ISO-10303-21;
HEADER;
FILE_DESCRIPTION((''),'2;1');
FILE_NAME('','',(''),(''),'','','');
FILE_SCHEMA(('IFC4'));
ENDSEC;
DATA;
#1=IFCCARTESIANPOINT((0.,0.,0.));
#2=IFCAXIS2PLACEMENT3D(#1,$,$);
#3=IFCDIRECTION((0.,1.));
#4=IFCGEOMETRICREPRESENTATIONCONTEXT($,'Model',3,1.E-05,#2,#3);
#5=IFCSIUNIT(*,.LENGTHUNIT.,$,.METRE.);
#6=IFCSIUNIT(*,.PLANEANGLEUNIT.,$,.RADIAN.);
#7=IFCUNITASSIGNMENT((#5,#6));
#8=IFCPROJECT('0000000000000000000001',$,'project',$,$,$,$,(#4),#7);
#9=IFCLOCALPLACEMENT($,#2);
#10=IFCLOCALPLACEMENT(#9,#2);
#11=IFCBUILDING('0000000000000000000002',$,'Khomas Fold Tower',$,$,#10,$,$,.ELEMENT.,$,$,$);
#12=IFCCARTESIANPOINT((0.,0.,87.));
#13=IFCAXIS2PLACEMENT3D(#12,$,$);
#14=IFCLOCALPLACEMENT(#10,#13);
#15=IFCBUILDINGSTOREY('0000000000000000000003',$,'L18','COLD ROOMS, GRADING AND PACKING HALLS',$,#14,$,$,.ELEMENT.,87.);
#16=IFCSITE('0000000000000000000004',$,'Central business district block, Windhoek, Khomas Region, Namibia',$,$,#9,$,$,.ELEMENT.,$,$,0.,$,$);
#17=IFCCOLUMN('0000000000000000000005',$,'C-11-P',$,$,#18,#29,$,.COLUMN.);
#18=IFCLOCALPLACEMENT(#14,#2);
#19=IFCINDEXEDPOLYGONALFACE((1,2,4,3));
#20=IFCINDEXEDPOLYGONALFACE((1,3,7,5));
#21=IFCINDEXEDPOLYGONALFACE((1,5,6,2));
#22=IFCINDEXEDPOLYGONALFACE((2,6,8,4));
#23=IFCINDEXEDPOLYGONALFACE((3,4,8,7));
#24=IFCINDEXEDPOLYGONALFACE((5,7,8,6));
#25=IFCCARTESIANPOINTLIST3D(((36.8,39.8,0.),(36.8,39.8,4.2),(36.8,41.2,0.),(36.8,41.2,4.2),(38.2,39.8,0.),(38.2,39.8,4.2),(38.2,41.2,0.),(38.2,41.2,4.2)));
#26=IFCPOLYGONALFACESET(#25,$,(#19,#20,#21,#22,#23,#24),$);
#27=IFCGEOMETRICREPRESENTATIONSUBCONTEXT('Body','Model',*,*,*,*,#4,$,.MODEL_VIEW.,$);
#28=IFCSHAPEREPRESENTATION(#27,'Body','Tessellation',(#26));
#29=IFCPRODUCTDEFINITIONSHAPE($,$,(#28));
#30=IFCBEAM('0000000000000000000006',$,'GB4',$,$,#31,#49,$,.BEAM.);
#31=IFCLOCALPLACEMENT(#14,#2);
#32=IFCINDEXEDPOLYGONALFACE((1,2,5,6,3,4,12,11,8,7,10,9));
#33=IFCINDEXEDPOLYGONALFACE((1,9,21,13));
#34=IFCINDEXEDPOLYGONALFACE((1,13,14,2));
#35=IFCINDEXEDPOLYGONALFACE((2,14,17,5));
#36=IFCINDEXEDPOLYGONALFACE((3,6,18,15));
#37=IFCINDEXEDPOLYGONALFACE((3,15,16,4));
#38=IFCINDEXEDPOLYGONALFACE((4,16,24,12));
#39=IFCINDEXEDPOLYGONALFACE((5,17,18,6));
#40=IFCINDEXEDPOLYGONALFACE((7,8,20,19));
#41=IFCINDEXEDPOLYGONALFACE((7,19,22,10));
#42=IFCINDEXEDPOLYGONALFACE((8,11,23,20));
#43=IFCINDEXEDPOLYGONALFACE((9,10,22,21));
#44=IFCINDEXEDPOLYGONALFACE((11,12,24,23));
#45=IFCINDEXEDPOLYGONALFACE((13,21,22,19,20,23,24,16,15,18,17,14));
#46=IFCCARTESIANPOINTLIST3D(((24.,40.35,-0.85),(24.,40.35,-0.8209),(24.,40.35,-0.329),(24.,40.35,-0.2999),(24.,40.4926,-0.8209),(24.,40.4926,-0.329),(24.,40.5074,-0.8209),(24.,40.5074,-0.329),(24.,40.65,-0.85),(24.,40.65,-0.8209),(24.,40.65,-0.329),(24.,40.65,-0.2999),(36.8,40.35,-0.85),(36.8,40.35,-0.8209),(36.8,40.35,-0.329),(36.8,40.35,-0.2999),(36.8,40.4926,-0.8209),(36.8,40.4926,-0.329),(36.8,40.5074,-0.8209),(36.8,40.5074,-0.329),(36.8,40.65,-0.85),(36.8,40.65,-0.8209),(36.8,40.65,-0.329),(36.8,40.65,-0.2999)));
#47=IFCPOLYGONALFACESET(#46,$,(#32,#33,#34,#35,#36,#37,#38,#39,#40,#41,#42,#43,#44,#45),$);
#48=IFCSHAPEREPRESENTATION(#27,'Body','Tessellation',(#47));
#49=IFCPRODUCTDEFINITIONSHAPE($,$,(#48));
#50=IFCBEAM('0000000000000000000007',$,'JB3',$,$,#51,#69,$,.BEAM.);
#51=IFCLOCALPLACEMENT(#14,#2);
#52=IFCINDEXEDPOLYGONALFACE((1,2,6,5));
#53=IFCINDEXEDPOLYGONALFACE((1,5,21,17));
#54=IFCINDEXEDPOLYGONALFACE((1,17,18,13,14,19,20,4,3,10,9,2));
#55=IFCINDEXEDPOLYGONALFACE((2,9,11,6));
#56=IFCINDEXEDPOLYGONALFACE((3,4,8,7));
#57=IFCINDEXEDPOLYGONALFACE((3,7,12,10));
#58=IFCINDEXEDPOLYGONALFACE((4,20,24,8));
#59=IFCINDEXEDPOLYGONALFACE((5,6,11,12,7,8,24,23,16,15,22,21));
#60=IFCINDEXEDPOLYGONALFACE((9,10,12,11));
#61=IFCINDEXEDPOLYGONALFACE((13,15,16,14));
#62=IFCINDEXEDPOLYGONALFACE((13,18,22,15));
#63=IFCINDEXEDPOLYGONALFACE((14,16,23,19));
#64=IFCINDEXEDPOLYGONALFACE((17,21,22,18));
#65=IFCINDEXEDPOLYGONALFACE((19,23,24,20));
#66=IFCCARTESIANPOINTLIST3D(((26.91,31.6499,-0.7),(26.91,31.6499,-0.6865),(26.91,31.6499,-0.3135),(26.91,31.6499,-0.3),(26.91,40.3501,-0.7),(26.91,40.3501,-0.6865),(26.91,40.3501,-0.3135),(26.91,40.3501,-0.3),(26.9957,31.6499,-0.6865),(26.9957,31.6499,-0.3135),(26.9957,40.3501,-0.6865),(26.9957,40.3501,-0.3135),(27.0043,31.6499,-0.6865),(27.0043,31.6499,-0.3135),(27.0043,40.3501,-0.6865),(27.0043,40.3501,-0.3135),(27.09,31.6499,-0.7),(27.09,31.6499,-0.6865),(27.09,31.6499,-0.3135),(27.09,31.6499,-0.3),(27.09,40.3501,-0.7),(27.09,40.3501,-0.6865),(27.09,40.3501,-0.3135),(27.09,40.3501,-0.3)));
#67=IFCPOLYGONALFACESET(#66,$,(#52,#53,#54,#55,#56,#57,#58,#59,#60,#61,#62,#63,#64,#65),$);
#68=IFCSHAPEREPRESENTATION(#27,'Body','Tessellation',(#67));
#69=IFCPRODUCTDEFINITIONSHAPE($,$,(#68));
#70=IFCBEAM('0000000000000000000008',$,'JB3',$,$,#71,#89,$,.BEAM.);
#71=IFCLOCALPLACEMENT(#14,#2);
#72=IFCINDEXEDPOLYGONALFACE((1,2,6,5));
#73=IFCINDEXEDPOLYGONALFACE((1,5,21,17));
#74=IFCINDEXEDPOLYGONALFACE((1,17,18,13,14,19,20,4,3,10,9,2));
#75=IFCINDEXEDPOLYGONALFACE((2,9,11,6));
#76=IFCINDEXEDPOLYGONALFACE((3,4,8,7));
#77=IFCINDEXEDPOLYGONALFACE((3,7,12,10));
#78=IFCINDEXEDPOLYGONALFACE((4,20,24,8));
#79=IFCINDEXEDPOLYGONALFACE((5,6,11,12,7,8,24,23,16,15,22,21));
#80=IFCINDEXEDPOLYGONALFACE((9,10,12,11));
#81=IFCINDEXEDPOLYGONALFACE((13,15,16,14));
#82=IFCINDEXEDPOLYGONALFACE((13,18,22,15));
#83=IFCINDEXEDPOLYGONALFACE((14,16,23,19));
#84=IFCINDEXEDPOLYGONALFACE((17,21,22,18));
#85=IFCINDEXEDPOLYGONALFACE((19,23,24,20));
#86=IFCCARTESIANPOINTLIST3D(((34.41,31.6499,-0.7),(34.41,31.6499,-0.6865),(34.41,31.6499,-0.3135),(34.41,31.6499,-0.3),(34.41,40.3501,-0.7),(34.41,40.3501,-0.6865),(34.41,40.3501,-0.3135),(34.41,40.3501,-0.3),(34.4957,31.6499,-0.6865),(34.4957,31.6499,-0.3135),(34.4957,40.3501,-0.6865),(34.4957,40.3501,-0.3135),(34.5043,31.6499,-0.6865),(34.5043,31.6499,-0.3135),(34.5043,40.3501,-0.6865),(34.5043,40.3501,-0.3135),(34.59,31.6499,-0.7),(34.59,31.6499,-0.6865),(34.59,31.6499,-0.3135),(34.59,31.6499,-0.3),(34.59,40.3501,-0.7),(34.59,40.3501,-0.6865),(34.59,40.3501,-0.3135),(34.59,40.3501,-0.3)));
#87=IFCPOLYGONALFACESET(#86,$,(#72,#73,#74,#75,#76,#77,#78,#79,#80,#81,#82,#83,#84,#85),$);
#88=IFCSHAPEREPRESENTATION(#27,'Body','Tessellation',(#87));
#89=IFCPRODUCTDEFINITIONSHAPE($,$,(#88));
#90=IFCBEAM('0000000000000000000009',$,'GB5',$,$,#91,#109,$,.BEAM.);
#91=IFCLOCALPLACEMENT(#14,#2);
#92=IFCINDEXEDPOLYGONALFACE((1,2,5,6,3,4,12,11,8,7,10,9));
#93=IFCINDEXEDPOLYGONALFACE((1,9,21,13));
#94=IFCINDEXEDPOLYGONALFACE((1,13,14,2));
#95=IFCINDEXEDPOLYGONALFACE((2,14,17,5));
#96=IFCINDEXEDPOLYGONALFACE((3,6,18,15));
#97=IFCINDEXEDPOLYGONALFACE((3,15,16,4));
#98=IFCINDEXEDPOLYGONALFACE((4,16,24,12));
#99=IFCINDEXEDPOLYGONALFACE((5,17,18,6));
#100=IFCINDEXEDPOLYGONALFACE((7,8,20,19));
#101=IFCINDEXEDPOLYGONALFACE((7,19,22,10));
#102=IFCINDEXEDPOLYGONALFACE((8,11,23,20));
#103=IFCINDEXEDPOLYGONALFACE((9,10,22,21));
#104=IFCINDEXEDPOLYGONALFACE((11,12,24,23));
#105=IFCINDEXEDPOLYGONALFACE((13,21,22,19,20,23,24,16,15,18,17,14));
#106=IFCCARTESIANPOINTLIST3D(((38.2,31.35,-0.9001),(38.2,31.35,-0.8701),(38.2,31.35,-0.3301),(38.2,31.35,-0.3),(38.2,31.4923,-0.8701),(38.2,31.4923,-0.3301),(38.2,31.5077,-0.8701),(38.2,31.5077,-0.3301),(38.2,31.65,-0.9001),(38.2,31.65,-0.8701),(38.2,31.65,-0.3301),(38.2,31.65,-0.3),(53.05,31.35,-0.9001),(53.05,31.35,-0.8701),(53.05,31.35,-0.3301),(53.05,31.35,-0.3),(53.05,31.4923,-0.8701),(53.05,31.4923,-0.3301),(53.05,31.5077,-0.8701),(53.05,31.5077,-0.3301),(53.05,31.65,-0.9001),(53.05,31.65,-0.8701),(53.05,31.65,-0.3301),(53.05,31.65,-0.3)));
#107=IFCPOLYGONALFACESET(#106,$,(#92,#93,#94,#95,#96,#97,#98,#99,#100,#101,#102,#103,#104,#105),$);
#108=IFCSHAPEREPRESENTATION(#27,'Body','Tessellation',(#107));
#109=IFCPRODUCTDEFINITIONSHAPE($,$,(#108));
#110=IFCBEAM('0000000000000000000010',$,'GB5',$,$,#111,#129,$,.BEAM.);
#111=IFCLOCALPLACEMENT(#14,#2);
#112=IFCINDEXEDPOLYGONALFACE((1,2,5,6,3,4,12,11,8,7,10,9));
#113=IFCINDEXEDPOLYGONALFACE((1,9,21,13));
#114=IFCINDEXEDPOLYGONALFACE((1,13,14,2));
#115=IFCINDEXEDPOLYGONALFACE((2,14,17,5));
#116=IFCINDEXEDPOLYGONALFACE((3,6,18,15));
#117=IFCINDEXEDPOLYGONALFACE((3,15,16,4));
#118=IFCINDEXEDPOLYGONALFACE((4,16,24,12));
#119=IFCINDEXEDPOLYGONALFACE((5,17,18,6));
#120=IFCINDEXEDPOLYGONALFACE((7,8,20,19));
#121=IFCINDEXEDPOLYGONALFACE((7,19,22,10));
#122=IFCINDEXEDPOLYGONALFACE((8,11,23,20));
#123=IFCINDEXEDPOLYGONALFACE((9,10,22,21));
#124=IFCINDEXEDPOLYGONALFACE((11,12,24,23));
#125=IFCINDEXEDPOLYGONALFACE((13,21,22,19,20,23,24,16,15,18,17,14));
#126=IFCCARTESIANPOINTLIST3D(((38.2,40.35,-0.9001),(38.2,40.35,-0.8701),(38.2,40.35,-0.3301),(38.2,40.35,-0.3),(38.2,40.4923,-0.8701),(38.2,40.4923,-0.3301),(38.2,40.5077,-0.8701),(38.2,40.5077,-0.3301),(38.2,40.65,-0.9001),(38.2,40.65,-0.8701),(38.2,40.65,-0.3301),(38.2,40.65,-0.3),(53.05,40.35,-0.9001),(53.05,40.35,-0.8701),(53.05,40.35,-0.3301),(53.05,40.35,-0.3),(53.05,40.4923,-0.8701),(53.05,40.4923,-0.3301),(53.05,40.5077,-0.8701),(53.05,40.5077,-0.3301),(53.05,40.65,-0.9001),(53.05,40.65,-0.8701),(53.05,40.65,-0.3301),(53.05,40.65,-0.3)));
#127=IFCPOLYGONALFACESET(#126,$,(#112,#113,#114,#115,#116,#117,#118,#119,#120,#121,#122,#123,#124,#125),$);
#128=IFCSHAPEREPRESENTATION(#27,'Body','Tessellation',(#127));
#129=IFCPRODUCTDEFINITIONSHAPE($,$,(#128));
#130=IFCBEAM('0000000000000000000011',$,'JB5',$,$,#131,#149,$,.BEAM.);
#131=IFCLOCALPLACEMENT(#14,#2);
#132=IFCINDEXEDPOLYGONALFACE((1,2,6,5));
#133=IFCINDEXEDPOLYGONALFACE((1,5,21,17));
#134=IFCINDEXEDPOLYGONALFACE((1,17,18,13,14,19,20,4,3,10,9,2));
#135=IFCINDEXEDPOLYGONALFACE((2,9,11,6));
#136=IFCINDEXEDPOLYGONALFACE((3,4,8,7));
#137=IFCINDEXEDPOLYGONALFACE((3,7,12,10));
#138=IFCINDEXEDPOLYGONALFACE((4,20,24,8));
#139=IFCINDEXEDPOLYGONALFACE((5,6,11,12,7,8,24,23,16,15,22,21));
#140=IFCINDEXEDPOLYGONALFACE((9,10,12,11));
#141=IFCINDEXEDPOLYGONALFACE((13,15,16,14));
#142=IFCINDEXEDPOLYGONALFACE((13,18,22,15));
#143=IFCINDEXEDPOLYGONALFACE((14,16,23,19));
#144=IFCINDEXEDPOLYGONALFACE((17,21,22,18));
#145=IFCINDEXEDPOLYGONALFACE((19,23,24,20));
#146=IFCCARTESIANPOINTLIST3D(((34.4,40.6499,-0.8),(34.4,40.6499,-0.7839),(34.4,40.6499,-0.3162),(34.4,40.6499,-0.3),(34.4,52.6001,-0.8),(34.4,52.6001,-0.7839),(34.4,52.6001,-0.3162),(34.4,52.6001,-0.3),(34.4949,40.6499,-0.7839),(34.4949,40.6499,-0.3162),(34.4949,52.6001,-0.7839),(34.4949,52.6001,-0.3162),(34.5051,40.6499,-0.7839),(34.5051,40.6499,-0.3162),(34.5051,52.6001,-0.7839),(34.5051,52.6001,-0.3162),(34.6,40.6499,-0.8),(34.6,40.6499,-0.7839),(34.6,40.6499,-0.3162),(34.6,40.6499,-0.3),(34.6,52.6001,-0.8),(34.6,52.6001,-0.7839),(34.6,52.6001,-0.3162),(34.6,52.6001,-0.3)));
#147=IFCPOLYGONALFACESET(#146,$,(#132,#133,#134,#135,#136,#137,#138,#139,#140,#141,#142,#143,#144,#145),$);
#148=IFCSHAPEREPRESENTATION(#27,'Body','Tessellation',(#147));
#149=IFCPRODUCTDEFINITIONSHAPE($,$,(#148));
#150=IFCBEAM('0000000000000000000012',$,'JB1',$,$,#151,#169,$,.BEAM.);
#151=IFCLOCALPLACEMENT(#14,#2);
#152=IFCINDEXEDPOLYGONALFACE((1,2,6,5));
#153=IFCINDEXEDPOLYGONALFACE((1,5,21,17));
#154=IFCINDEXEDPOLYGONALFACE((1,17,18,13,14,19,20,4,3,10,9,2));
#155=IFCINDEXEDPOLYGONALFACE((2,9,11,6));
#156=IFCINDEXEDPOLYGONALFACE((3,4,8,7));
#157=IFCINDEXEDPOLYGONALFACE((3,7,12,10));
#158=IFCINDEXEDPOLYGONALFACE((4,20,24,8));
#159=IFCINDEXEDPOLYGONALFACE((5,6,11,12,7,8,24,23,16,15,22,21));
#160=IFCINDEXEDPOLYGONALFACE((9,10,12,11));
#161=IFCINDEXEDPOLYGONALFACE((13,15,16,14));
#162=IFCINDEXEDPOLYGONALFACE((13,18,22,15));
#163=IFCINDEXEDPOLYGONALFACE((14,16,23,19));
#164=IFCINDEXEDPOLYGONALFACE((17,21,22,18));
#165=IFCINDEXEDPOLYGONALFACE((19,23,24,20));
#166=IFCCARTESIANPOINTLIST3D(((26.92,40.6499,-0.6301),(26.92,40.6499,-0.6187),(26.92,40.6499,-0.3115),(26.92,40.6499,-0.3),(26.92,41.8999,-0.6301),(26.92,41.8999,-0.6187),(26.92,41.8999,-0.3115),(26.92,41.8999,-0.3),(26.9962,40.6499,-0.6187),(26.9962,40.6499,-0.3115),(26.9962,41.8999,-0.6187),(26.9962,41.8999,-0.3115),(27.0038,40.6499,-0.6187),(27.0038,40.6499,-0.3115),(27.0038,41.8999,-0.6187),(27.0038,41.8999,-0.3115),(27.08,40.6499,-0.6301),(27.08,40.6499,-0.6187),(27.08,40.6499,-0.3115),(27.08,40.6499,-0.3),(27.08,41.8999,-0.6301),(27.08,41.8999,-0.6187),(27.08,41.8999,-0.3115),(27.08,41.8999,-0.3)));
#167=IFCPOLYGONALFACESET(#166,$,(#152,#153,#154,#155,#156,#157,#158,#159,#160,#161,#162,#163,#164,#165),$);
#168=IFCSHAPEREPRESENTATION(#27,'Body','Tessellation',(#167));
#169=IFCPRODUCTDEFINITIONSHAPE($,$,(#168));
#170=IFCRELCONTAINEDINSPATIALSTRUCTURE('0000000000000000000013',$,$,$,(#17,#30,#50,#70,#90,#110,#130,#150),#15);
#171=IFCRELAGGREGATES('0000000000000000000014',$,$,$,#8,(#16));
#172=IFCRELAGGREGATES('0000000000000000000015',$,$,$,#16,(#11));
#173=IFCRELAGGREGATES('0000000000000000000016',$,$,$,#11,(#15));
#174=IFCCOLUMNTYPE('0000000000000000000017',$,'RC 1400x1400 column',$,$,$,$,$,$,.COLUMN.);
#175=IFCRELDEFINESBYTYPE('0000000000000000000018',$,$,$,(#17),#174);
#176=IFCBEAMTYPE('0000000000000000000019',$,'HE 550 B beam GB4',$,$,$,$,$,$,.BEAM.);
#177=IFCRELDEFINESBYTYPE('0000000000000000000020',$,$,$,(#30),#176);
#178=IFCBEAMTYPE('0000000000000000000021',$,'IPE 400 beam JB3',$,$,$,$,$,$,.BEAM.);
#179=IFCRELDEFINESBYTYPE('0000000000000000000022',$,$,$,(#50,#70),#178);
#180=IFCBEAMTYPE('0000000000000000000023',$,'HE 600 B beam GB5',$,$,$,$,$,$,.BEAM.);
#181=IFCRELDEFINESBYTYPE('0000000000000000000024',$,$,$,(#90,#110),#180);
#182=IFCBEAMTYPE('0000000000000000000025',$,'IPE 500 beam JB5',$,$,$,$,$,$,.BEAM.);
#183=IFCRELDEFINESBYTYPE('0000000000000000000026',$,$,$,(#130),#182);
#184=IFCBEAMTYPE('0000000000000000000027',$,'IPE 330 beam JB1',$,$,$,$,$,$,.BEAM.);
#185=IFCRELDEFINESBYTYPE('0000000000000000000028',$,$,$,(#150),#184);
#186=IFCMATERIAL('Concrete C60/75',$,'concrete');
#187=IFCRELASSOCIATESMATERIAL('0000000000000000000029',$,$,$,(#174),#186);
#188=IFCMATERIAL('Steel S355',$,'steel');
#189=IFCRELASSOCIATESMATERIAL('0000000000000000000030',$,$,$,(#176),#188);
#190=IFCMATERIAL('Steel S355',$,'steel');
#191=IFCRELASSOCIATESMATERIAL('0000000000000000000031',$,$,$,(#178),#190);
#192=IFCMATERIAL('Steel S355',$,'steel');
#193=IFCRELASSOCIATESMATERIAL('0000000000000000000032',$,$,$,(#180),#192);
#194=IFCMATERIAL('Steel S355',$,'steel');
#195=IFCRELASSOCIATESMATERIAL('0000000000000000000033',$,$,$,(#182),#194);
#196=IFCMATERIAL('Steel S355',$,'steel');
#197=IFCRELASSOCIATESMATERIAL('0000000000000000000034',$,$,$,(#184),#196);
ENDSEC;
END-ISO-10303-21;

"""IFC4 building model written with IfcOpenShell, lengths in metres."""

from ifc_helpers import new_model, si_unit, direction, frame, origin, origin_2d, place, context, subcontext, project, spatial, rectangle, i_section, extrude, source, transform, mapped, material, material_profile, profile_set, type_object, element, save


model = new_model("IFC4")

# Units and contexts
model_context = context("Model", 3, precision=1e-05, world=origin(), true_north=direction((0.0, 1.0)))
body_context = subcontext(model_context, "Body", "Model", "MODEL_VIEW")
ifc_project = project(units=[si_unit("LENGTHUNIT", "METRE"), si_unit("PLANEANGLEUNIT", "RADIAN")], contexts=[model_context])

# Site, building, storey
site_placement = place(None, origin())
site = spatial("IfcSite", under=ifc_project, at=site_placement, Name="Central business district block, Windhoek, Khomas Region, Namibia", CompositionType="ELEMENT", RefElevation=0.0)
building_placement = place(site_placement, origin())
building = spatial("IfcBuilding", under=site, at=building_placement, Name="Khomas Fold Tower", CompositionType="ELEMENT")
storey_placement = place(building_placement, frame((0.0, 0.0, 87.0)))
storey = spatial("IfcBuildingStorey", under=building, at=storey_placement, Name="L18", Description="COLD ROOMS, GRADING AND PACKING HALLS", CompositionType="ELEMENT", Elevation=87.0)

# Column
ifc_material_1 = material(Name="Concrete C60/75", Category="concrete")
ifc_material_profile_1 = material_profile(ifc_material_1, rectangle(XDim=1.3999, YDim=1.3999, at=origin_2d()), Name="RC 1400x1400")
ifc_profile_set_1 = profile_set([ifc_material_profile_1], Name="Concrete C60/75")
column_type = type_object("IfcColumnType", Name="RC 1400x1400 column", PredefinedType="COLUMN", material=ifc_profile_set_1)
shared_shape_1 = source(origin(), body_context, "Body", "SweptSolid", [
    extrude(rectangle(XDim=1.3999, YDim=1.3999, at=origin_2d()), origin(), (0.0, 0.0, 1.0), 4.2),
])
column_placement = place(storey_placement, frame((37.5, 40.5, 0.0), z_axis=(0.0, 0.0, 1.0), x_axis=(1.0, 0.0, 0.0)))
element("IfcColumn", 1, at=column_placement, inside=storey, type_object=column_type, Name="C-11-P", PredefinedType="COLUMN", context=body_context, shape_type="MappedRepresentation", body=[
    mapped(shared_shape_1, transform((0.0, 0.0, 0.0))),
])

# Beams
ifc_material_2 = material(Name="Steel S355", Category="steel")
ifc_material_profile_2 = material_profile(ifc_material_2, i_section(OverallWidth=0.3, OverallDepth=0.55, WebThickness=0.0149, FlangeThickness=0.0291, at=origin_2d()), Name="HE 550 B")
ifc_profile_set_2 = profile_set([ifc_material_profile_2], Name="Steel S355")
beam_type_1 = type_object("IfcBeamType", Name="HE 550 B beam GB4", PredefinedType="BEAM", material=ifc_profile_set_2)
shared_shape_2 = source(origin(), body_context, "Body", "SweptSolid", [
    extrude(i_section(OverallWidth=0.3, OverallDepth=0.55, WebThickness=0.0149, FlangeThickness=0.0291, at=origin_2d()), origin(), (0.0, 0.0, 1.0), 12.8),
])
beam_1_placement = place(storey_placement, frame((24.0, 40.5, -0.575), z_axis=(1.0, 0.0, 0.0), x_axis=(0.0, 1.0, 0.0)))
element("IfcBeam", 2, at=beam_1_placement, inside=storey, type_object=beam_type_1, Name="GB4", PredefinedType="BEAM", context=body_context, shape_type="MappedRepresentation", body=[
    mapped(shared_shape_2, transform((0.0, 0.0, 0.0))),
])
ifc_material_3 = material(Name="Steel S355", Category="steel")
ifc_material_profile_3 = material_profile(ifc_material_3, i_section(OverallWidth=0.1799, OverallDepth=0.3999, WebThickness=0.0085, FlangeThickness=0.0134, at=origin_2d()), Name="IPE 400")
ifc_profile_set_3 = profile_set([ifc_material_profile_3], Name="Steel S355")
beam_type_2 = type_object("IfcBeamType", Name="IPE 400 beam JB3", PredefinedType="BEAM", material=ifc_profile_set_3)
shared_shape_3 = source(origin(), body_context, "Body", "SweptSolid", [
    extrude(i_section(OverallWidth=0.1799, OverallDepth=0.3999, WebThickness=0.0085, FlangeThickness=0.0134, at=origin_2d()), origin(), (0.0, 0.0, 1.0), 8.7002),
])
for number, where, z_axis, x_axis, name in (
    (3, (27.0, 31.6499, -0.5), (0.0, 1.0, 0.0), (-1.0, 0.0, 0.0), "JB3"),
    (4, (34.5, 31.6499, -0.5), (0.0, 1.0, 0.0), (-1.0, 0.0, 0.0), "JB3"),
):
    element("IfcBeam", number, at=place(storey_placement, frame(where, z_axis=z_axis, x_axis=x_axis)), inside=storey, type_object=beam_type_2, Name=name, PredefinedType="BEAM", context=body_context, shape_type="MappedRepresentation", body=[
        mapped(shared_shape_3, transform((0.0, 0.0, 0.0))),
    ])
ifc_material_4 = material(Name="Steel S355", Category="steel")
ifc_material_profile_4 = material_profile(ifc_material_4, i_section(OverallWidth=0.3, OverallDepth=0.6001, WebThickness=0.0154, FlangeThickness=0.03, at=origin_2d()), Name="HE 600 B")
ifc_profile_set_4 = profile_set([ifc_material_profile_4], Name="Steel S355")
beam_type_3 = type_object("IfcBeamType", Name="HE 600 B beam GB5", PredefinedType="BEAM", material=ifc_profile_set_4)
shared_shape_4 = source(origin(), body_context, "Body", "SweptSolid", [
    extrude(i_section(OverallWidth=0.3, OverallDepth=0.6001, WebThickness=0.0154, FlangeThickness=0.03, at=origin_2d()), origin(), (0.0, 0.0, 1.0), 14.8501),
])
for number, where, z_axis, x_axis, name in (
    (5, (38.2, 31.5, -0.6001), (1.0, 0.0, 0.0), (0.0, 1.0, 0.0), "GB5"),
    (6, (38.2, 40.5, -0.6001), (1.0, 0.0, 0.0), (0.0, 1.0, 0.0), "GB5"),
):
    element("IfcBeam", number, at=place(storey_placement, frame(where, z_axis=z_axis, x_axis=x_axis)), inside=storey, type_object=beam_type_3, Name=name, PredefinedType="BEAM", context=body_context, shape_type="MappedRepresentation", body=[
        mapped(shared_shape_4, transform((0.0, 0.0, 0.0))),
    ])
ifc_material_5 = material(Name="Steel S355", Category="steel")
ifc_material_profile_5 = material_profile(ifc_material_5, i_section(OverallWidth=0.2, OverallDepth=0.5, WebThickness=0.0103, FlangeThickness=0.0161, at=origin_2d()), Name="IPE 500")
ifc_profile_set_5 = profile_set([ifc_material_profile_5], Name="Steel S355")
beam_type_4 = type_object("IfcBeamType", Name="IPE 500 beam JB5", PredefinedType="BEAM", material=ifc_profile_set_5)
shared_shape_5 = source(origin(), body_context, "Body", "SweptSolid", [
    extrude(i_section(OverallWidth=0.2, OverallDepth=0.5, WebThickness=0.0103, FlangeThickness=0.0161, at=origin_2d()), origin(), (0.0, 0.0, 1.0), 11.9502),
])
beam_2_placement = place(storey_placement, frame((34.5, 40.6499, -0.55), z_axis=(0.0, 1.0, 0.0), x_axis=(-1.0, 0.0, 0.0)))
element("IfcBeam", 7, at=beam_2_placement, inside=storey, type_object=beam_type_4, Name="JB5", PredefinedType="BEAM", context=body_context, shape_type="MappedRepresentation", body=[
    mapped(shared_shape_5, transform((0.0, 0.0, 0.0))),
])
ifc_material_6 = material(Name="Steel S355", Category="steel")
ifc_material_profile_6 = material_profile(ifc_material_6, i_section(OverallWidth=0.1599, OverallDepth=0.3301, WebThickness=0.0076, FlangeThickness=0.0115, at=origin_2d()), Name="IPE 330")
ifc_profile_set_6 = profile_set([ifc_material_profile_6], Name="Steel S355")
beam_type_5 = type_object("IfcBeamType", Name="IPE 330 beam JB1", PredefinedType="BEAM", material=ifc_profile_set_6)
shared_shape_6 = source(origin(), body_context, "Body", "SweptSolid", [
    extrude(i_section(OverallWidth=0.1599, OverallDepth=0.3301, WebThickness=0.0076, FlangeThickness=0.0115, at=origin_2d()), origin(), (0.0, 0.0, 1.0), 1.25),
])
beam_3_placement = place(storey_placement, frame((27.0, 40.6499, -0.4651), z_axis=(0.0, 1.0, 0.0), x_axis=(-1.0, 0.0, 0.0)))
element("IfcBeam", 8, at=beam_3_placement, inside=storey, type_object=beam_type_5, Name="JB1", PredefinedType="BEAM", context=body_context, shape_type="MappedRepresentation", body=[
    mapped(shared_shape_6, transform((0.0, 0.0, 0.0))),
])

save(model, "model.ifc")
